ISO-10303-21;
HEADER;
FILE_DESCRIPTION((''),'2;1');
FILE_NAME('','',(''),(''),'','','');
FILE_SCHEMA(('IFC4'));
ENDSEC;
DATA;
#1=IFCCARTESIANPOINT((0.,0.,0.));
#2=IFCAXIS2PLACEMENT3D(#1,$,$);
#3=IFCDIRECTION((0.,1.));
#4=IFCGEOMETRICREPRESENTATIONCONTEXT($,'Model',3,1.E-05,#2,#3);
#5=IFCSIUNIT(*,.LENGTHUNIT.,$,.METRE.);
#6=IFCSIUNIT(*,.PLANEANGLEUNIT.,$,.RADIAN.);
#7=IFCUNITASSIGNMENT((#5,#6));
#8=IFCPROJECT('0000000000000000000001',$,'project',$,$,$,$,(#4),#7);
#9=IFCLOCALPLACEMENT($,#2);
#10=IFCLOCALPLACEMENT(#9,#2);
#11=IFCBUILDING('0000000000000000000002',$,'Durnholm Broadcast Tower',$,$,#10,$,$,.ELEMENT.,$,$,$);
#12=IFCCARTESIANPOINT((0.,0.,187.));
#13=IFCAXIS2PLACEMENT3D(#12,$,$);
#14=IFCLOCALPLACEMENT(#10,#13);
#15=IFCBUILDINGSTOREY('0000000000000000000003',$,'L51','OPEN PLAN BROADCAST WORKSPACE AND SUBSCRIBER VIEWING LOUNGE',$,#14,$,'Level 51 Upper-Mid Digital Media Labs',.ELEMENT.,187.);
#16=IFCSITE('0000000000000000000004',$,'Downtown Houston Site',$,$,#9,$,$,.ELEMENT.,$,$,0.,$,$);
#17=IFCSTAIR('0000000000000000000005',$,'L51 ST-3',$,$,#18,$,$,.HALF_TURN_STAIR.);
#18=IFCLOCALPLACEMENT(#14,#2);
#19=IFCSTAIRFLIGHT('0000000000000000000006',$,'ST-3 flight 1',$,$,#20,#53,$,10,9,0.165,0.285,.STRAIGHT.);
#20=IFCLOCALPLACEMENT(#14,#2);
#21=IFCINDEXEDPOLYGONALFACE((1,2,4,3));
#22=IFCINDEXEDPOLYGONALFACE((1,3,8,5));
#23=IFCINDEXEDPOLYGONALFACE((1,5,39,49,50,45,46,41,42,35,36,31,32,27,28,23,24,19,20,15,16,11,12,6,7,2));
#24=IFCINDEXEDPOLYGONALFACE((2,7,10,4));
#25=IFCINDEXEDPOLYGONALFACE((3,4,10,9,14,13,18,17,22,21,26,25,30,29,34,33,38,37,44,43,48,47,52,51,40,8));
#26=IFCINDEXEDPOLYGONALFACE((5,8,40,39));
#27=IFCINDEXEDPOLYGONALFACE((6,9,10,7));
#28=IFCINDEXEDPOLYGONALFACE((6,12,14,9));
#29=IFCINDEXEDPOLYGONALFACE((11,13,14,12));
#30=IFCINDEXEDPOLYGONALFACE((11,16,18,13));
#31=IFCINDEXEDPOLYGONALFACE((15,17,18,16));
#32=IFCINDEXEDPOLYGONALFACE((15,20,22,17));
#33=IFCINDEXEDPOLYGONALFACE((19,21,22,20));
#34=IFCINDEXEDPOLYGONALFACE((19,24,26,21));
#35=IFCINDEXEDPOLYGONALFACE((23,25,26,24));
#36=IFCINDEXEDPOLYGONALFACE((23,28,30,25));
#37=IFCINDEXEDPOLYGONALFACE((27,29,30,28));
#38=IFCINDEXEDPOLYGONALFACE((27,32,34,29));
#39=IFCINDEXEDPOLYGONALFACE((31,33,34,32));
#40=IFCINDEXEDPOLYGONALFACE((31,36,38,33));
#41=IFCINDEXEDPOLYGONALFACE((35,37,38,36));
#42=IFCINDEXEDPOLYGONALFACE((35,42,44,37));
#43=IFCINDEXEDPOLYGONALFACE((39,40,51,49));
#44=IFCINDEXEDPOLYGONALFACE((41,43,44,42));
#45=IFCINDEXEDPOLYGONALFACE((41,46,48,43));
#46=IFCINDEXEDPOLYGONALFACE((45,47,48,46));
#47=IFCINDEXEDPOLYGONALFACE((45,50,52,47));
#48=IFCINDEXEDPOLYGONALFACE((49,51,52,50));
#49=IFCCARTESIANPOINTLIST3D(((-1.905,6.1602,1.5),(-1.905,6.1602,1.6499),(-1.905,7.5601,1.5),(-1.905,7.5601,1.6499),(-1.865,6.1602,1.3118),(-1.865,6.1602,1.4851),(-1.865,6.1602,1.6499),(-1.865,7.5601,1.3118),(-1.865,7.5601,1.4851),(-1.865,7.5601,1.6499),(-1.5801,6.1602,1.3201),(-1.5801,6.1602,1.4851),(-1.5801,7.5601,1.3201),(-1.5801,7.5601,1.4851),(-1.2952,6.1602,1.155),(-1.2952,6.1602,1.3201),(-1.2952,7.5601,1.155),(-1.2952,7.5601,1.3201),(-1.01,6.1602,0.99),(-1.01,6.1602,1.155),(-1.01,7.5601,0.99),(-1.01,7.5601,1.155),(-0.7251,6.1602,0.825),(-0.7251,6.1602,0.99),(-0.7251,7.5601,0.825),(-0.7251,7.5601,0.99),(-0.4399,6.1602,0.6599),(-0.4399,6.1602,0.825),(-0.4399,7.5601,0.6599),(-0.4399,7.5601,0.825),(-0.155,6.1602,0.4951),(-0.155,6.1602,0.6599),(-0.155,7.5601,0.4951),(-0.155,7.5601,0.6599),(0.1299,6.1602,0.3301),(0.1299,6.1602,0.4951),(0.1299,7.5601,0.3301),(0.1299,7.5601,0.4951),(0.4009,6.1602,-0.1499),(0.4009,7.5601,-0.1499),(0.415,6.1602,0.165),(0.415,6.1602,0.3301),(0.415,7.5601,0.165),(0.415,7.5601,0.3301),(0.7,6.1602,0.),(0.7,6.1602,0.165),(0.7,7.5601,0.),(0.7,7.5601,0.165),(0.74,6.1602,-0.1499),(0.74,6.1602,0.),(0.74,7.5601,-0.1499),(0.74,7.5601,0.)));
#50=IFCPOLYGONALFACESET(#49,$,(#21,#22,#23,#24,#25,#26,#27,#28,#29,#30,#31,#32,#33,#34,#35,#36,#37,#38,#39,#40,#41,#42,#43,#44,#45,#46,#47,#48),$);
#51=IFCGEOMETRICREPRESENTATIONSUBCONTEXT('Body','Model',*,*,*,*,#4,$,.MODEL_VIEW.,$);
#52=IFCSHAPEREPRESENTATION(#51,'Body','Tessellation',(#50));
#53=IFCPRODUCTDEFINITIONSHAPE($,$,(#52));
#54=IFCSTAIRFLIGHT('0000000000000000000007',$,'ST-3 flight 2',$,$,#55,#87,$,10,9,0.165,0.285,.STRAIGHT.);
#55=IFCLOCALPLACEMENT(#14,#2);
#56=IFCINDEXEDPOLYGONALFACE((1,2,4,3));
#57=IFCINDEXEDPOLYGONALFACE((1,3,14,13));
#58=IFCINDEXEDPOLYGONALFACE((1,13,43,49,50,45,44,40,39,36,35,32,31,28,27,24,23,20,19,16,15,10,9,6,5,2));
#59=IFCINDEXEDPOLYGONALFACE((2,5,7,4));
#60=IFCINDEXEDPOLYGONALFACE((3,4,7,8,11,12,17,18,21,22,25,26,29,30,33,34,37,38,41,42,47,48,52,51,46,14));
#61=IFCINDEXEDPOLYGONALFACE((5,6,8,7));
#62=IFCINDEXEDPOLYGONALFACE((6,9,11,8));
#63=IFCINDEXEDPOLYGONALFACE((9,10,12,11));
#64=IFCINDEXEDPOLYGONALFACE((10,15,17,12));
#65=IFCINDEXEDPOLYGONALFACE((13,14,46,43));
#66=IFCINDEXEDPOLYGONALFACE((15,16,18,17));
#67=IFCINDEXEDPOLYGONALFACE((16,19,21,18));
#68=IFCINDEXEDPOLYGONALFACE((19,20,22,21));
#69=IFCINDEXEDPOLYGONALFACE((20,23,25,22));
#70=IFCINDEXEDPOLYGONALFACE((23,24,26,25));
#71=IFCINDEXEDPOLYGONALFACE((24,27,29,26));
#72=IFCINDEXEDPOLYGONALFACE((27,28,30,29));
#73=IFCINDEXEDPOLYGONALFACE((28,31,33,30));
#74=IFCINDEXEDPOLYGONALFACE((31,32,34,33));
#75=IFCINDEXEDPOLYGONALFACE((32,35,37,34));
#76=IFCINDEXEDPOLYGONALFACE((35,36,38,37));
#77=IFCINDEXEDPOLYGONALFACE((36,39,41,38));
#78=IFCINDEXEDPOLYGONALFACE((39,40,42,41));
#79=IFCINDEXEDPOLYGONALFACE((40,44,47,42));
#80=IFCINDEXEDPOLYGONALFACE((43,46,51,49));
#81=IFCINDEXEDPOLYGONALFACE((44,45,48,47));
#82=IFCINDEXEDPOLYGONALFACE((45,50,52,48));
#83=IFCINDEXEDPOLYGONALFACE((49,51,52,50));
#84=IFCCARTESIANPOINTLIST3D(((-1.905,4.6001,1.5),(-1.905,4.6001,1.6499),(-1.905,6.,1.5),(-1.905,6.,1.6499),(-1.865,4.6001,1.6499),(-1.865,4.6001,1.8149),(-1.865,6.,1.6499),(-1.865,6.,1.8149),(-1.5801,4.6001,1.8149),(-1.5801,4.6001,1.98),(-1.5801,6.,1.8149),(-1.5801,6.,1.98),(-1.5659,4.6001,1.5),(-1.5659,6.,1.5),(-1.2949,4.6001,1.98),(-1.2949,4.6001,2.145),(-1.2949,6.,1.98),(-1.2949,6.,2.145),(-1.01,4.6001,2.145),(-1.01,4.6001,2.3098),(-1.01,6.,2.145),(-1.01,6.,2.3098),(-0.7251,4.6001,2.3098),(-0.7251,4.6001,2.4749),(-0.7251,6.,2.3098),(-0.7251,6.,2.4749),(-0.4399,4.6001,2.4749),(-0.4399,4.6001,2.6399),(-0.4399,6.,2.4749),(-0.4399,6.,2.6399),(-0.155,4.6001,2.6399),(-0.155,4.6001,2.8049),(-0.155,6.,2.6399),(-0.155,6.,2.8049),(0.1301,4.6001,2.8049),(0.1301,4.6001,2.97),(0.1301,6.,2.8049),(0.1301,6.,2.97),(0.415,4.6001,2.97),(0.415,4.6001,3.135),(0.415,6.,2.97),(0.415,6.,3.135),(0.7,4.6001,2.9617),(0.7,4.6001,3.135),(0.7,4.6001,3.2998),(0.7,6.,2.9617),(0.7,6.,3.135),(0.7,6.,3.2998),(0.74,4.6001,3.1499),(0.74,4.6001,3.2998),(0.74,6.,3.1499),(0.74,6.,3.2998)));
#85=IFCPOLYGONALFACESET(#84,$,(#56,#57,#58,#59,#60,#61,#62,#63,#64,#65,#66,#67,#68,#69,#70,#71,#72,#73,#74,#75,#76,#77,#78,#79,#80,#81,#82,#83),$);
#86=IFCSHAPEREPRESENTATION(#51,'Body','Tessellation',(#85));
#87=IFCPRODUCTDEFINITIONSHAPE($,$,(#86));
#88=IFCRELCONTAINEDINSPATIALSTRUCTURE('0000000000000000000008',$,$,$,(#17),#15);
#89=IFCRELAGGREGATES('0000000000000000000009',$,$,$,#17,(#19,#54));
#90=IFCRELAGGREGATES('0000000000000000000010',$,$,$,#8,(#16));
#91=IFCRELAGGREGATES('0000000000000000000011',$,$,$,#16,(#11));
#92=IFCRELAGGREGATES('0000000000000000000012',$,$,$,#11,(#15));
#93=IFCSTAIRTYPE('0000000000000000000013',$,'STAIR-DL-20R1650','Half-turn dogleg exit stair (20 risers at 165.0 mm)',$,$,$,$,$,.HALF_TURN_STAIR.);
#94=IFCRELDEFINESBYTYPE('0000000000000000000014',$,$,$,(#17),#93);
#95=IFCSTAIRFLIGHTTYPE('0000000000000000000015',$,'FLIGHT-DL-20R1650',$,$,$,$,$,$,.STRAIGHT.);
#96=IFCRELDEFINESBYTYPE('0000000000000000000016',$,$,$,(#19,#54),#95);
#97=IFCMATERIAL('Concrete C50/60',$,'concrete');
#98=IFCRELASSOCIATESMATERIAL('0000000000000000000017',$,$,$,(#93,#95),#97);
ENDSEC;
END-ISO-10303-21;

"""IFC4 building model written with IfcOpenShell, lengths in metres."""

from ifc_helpers import new_model, si_unit, direction, frame, origin, place, context, subcontext, project, spatial, polyline, outline, extrude, material, type_object, element, aggregate, save


model = new_model("IFC4")

# Units and contexts
model_context = context("Model", 3, precision=1e-05, world=origin(), true_north=direction((0.0, 1.0)))
body_context = subcontext(model_context, "Body", "Model", "MODEL_VIEW")
ifc_project = project(units=[si_unit("LENGTHUNIT", "METRE"), si_unit("PLANEANGLEUNIT", "RADIAN")], contexts=[model_context])

# Site, building, storey
site_placement = place(None, origin())
site = spatial("IfcSite", under=ifc_project, at=site_placement, Name="Downtown Houston Site", CompositionType="ELEMENT", RefElevation=0.0)
building_placement = place(site_placement, origin())
building = spatial("IfcBuilding", under=site, at=building_placement, Name="Durnholm Broadcast Tower", CompositionType="ELEMENT")
storey_placement = place(building_placement, frame((0.0, 0.0, 187.0)))
storey = spatial("IfcBuildingStorey", under=building, at=storey_placement, Name="L51", Description="OPEN PLAN BROADCAST WORKSPACE AND SUBSCRIBER VIEWING LOUNGE", LongName="Level 51 Upper-Mid Digital Media Labs", CompositionType="ELEMENT", Elevation=187.0)

# Stair
ifc_material_1 = material(Name="Concrete C50/60", Category="concrete")
stair_type = type_object("IfcStairType", Name="STAIR-DL-20R1650", Description="Half-turn dogleg exit stair (20 risers at 165.0 mm)", PredefinedType="HALF_TURN_STAIR", material=ifc_material_1)
stair_placement = place(storey_placement, origin())
stair = element("IfcStair", 1, at=stair_placement, inside=storey, type_object=stair_type, Name="L51 ST-3", PredefinedType="HALF_TURN_STAIR")

# Stair flights
stair_flight_type = type_object("IfcStairFlightType", Name="FLIGHT-DL-20R1650", PredefinedType="STRAIGHT", material=ifc_material_1)
stair_flight_1_placement = place(storey_placement, frame((0.7, 6.8601, 0.0), z_axis=(0.0, 0.0, 1.0), x_axis=(-1.0, 0.0, 0.0)))
stair_flight_1 = element("IfcStairFlight", 2, at=stair_flight_1_placement, type_object=stair_flight_type, Name="ST-3 flight 1", NumberOfRisers=10, NumberOfTreads=9, PredefinedType="STRAIGHT", RiserHeight=0.165, TreadLength=0.285, context=body_context, shape_type="SweptSolid", body=[
    extrude(outline(polyline([(-0.04, -0.1499), (-0.04, 0.0), (0.0, 0.0), (0.0, 0.165), (0.2849, 0.165), (0.2849, 0.3301), (0.5701, 0.3301), (0.5701, 0.4951), (0.855, 0.4951), (0.855, 0.6599), (1.1399, 0.6599), (1.1399, 0.825), (1.425, 0.825), (1.425, 0.99), (1.71, 0.99), (1.71, 1.155), (1.9951, 1.155), (1.9951, 1.3201), (2.28, 1.3201), (2.28, 1.4851), (2.5649, 1.4851), (2.5649, 1.6499), (2.605, 1.6499), (2.605, 1.5), (2.5649, 1.3118), (0.2991, -0.1499), (-0.04, -0.1499)])), frame((0.0, 0.7, 0.0), z_axis=(0.0, -1.0, 0.0), x_axis=(1.0, 0.0, 0.0)), (0.0, 0.0, 1.0), 1.3999),
])
stair_flight_2_placement = place(storey_placement, frame((-1.865, 5.3, 1.6499), z_axis=(0.0, 0.0, 1.0), x_axis=(1.0, 0.0, 0.0)))
stair_flight_2 = element("IfcStairFlight", 3, at=stair_flight_2_placement, type_object=stair_flight_type, Name="ST-3 flight 2", NumberOfRisers=10, NumberOfTreads=9, PredefinedType="STRAIGHT", RiserHeight=0.165, TreadLength=0.285, context=body_context, shape_type="SweptSolid", body=[
    extrude(outline(polyline([(-0.04, -0.1499), (-0.04, 0.0), (0.0, 0.0), (0.0, 0.165), (0.2849, 0.165), (0.2849, 0.3301), (0.5701, 0.3301), (0.5701, 0.4951), (0.855, 0.4951), (0.855, 0.6599), (1.1399, 0.6599), (1.1399, 0.825), (1.425, 0.825), (1.425, 0.99), (1.71, 0.99), (1.71, 1.155), (1.9951, 1.155), (1.9951, 1.3201), (2.28, 1.3201), (2.28, 1.4851), (2.5649, 1.4851), (2.5649, 1.6499), (2.605, 1.6499), (2.605, 1.5), (2.5649, 1.3118), (0.2991, -0.1499), (-0.04, -0.1499)])), frame((0.0, 0.7, 0.0), z_axis=(0.0, -1.0, 0.0), x_axis=(1.0, 0.0, 0.0)), (0.0, 0.0, 1.0), 1.3999),
])
aggregate(stair, [stair_flight_1, stair_flight_2])

save(model, "model.ifc")
